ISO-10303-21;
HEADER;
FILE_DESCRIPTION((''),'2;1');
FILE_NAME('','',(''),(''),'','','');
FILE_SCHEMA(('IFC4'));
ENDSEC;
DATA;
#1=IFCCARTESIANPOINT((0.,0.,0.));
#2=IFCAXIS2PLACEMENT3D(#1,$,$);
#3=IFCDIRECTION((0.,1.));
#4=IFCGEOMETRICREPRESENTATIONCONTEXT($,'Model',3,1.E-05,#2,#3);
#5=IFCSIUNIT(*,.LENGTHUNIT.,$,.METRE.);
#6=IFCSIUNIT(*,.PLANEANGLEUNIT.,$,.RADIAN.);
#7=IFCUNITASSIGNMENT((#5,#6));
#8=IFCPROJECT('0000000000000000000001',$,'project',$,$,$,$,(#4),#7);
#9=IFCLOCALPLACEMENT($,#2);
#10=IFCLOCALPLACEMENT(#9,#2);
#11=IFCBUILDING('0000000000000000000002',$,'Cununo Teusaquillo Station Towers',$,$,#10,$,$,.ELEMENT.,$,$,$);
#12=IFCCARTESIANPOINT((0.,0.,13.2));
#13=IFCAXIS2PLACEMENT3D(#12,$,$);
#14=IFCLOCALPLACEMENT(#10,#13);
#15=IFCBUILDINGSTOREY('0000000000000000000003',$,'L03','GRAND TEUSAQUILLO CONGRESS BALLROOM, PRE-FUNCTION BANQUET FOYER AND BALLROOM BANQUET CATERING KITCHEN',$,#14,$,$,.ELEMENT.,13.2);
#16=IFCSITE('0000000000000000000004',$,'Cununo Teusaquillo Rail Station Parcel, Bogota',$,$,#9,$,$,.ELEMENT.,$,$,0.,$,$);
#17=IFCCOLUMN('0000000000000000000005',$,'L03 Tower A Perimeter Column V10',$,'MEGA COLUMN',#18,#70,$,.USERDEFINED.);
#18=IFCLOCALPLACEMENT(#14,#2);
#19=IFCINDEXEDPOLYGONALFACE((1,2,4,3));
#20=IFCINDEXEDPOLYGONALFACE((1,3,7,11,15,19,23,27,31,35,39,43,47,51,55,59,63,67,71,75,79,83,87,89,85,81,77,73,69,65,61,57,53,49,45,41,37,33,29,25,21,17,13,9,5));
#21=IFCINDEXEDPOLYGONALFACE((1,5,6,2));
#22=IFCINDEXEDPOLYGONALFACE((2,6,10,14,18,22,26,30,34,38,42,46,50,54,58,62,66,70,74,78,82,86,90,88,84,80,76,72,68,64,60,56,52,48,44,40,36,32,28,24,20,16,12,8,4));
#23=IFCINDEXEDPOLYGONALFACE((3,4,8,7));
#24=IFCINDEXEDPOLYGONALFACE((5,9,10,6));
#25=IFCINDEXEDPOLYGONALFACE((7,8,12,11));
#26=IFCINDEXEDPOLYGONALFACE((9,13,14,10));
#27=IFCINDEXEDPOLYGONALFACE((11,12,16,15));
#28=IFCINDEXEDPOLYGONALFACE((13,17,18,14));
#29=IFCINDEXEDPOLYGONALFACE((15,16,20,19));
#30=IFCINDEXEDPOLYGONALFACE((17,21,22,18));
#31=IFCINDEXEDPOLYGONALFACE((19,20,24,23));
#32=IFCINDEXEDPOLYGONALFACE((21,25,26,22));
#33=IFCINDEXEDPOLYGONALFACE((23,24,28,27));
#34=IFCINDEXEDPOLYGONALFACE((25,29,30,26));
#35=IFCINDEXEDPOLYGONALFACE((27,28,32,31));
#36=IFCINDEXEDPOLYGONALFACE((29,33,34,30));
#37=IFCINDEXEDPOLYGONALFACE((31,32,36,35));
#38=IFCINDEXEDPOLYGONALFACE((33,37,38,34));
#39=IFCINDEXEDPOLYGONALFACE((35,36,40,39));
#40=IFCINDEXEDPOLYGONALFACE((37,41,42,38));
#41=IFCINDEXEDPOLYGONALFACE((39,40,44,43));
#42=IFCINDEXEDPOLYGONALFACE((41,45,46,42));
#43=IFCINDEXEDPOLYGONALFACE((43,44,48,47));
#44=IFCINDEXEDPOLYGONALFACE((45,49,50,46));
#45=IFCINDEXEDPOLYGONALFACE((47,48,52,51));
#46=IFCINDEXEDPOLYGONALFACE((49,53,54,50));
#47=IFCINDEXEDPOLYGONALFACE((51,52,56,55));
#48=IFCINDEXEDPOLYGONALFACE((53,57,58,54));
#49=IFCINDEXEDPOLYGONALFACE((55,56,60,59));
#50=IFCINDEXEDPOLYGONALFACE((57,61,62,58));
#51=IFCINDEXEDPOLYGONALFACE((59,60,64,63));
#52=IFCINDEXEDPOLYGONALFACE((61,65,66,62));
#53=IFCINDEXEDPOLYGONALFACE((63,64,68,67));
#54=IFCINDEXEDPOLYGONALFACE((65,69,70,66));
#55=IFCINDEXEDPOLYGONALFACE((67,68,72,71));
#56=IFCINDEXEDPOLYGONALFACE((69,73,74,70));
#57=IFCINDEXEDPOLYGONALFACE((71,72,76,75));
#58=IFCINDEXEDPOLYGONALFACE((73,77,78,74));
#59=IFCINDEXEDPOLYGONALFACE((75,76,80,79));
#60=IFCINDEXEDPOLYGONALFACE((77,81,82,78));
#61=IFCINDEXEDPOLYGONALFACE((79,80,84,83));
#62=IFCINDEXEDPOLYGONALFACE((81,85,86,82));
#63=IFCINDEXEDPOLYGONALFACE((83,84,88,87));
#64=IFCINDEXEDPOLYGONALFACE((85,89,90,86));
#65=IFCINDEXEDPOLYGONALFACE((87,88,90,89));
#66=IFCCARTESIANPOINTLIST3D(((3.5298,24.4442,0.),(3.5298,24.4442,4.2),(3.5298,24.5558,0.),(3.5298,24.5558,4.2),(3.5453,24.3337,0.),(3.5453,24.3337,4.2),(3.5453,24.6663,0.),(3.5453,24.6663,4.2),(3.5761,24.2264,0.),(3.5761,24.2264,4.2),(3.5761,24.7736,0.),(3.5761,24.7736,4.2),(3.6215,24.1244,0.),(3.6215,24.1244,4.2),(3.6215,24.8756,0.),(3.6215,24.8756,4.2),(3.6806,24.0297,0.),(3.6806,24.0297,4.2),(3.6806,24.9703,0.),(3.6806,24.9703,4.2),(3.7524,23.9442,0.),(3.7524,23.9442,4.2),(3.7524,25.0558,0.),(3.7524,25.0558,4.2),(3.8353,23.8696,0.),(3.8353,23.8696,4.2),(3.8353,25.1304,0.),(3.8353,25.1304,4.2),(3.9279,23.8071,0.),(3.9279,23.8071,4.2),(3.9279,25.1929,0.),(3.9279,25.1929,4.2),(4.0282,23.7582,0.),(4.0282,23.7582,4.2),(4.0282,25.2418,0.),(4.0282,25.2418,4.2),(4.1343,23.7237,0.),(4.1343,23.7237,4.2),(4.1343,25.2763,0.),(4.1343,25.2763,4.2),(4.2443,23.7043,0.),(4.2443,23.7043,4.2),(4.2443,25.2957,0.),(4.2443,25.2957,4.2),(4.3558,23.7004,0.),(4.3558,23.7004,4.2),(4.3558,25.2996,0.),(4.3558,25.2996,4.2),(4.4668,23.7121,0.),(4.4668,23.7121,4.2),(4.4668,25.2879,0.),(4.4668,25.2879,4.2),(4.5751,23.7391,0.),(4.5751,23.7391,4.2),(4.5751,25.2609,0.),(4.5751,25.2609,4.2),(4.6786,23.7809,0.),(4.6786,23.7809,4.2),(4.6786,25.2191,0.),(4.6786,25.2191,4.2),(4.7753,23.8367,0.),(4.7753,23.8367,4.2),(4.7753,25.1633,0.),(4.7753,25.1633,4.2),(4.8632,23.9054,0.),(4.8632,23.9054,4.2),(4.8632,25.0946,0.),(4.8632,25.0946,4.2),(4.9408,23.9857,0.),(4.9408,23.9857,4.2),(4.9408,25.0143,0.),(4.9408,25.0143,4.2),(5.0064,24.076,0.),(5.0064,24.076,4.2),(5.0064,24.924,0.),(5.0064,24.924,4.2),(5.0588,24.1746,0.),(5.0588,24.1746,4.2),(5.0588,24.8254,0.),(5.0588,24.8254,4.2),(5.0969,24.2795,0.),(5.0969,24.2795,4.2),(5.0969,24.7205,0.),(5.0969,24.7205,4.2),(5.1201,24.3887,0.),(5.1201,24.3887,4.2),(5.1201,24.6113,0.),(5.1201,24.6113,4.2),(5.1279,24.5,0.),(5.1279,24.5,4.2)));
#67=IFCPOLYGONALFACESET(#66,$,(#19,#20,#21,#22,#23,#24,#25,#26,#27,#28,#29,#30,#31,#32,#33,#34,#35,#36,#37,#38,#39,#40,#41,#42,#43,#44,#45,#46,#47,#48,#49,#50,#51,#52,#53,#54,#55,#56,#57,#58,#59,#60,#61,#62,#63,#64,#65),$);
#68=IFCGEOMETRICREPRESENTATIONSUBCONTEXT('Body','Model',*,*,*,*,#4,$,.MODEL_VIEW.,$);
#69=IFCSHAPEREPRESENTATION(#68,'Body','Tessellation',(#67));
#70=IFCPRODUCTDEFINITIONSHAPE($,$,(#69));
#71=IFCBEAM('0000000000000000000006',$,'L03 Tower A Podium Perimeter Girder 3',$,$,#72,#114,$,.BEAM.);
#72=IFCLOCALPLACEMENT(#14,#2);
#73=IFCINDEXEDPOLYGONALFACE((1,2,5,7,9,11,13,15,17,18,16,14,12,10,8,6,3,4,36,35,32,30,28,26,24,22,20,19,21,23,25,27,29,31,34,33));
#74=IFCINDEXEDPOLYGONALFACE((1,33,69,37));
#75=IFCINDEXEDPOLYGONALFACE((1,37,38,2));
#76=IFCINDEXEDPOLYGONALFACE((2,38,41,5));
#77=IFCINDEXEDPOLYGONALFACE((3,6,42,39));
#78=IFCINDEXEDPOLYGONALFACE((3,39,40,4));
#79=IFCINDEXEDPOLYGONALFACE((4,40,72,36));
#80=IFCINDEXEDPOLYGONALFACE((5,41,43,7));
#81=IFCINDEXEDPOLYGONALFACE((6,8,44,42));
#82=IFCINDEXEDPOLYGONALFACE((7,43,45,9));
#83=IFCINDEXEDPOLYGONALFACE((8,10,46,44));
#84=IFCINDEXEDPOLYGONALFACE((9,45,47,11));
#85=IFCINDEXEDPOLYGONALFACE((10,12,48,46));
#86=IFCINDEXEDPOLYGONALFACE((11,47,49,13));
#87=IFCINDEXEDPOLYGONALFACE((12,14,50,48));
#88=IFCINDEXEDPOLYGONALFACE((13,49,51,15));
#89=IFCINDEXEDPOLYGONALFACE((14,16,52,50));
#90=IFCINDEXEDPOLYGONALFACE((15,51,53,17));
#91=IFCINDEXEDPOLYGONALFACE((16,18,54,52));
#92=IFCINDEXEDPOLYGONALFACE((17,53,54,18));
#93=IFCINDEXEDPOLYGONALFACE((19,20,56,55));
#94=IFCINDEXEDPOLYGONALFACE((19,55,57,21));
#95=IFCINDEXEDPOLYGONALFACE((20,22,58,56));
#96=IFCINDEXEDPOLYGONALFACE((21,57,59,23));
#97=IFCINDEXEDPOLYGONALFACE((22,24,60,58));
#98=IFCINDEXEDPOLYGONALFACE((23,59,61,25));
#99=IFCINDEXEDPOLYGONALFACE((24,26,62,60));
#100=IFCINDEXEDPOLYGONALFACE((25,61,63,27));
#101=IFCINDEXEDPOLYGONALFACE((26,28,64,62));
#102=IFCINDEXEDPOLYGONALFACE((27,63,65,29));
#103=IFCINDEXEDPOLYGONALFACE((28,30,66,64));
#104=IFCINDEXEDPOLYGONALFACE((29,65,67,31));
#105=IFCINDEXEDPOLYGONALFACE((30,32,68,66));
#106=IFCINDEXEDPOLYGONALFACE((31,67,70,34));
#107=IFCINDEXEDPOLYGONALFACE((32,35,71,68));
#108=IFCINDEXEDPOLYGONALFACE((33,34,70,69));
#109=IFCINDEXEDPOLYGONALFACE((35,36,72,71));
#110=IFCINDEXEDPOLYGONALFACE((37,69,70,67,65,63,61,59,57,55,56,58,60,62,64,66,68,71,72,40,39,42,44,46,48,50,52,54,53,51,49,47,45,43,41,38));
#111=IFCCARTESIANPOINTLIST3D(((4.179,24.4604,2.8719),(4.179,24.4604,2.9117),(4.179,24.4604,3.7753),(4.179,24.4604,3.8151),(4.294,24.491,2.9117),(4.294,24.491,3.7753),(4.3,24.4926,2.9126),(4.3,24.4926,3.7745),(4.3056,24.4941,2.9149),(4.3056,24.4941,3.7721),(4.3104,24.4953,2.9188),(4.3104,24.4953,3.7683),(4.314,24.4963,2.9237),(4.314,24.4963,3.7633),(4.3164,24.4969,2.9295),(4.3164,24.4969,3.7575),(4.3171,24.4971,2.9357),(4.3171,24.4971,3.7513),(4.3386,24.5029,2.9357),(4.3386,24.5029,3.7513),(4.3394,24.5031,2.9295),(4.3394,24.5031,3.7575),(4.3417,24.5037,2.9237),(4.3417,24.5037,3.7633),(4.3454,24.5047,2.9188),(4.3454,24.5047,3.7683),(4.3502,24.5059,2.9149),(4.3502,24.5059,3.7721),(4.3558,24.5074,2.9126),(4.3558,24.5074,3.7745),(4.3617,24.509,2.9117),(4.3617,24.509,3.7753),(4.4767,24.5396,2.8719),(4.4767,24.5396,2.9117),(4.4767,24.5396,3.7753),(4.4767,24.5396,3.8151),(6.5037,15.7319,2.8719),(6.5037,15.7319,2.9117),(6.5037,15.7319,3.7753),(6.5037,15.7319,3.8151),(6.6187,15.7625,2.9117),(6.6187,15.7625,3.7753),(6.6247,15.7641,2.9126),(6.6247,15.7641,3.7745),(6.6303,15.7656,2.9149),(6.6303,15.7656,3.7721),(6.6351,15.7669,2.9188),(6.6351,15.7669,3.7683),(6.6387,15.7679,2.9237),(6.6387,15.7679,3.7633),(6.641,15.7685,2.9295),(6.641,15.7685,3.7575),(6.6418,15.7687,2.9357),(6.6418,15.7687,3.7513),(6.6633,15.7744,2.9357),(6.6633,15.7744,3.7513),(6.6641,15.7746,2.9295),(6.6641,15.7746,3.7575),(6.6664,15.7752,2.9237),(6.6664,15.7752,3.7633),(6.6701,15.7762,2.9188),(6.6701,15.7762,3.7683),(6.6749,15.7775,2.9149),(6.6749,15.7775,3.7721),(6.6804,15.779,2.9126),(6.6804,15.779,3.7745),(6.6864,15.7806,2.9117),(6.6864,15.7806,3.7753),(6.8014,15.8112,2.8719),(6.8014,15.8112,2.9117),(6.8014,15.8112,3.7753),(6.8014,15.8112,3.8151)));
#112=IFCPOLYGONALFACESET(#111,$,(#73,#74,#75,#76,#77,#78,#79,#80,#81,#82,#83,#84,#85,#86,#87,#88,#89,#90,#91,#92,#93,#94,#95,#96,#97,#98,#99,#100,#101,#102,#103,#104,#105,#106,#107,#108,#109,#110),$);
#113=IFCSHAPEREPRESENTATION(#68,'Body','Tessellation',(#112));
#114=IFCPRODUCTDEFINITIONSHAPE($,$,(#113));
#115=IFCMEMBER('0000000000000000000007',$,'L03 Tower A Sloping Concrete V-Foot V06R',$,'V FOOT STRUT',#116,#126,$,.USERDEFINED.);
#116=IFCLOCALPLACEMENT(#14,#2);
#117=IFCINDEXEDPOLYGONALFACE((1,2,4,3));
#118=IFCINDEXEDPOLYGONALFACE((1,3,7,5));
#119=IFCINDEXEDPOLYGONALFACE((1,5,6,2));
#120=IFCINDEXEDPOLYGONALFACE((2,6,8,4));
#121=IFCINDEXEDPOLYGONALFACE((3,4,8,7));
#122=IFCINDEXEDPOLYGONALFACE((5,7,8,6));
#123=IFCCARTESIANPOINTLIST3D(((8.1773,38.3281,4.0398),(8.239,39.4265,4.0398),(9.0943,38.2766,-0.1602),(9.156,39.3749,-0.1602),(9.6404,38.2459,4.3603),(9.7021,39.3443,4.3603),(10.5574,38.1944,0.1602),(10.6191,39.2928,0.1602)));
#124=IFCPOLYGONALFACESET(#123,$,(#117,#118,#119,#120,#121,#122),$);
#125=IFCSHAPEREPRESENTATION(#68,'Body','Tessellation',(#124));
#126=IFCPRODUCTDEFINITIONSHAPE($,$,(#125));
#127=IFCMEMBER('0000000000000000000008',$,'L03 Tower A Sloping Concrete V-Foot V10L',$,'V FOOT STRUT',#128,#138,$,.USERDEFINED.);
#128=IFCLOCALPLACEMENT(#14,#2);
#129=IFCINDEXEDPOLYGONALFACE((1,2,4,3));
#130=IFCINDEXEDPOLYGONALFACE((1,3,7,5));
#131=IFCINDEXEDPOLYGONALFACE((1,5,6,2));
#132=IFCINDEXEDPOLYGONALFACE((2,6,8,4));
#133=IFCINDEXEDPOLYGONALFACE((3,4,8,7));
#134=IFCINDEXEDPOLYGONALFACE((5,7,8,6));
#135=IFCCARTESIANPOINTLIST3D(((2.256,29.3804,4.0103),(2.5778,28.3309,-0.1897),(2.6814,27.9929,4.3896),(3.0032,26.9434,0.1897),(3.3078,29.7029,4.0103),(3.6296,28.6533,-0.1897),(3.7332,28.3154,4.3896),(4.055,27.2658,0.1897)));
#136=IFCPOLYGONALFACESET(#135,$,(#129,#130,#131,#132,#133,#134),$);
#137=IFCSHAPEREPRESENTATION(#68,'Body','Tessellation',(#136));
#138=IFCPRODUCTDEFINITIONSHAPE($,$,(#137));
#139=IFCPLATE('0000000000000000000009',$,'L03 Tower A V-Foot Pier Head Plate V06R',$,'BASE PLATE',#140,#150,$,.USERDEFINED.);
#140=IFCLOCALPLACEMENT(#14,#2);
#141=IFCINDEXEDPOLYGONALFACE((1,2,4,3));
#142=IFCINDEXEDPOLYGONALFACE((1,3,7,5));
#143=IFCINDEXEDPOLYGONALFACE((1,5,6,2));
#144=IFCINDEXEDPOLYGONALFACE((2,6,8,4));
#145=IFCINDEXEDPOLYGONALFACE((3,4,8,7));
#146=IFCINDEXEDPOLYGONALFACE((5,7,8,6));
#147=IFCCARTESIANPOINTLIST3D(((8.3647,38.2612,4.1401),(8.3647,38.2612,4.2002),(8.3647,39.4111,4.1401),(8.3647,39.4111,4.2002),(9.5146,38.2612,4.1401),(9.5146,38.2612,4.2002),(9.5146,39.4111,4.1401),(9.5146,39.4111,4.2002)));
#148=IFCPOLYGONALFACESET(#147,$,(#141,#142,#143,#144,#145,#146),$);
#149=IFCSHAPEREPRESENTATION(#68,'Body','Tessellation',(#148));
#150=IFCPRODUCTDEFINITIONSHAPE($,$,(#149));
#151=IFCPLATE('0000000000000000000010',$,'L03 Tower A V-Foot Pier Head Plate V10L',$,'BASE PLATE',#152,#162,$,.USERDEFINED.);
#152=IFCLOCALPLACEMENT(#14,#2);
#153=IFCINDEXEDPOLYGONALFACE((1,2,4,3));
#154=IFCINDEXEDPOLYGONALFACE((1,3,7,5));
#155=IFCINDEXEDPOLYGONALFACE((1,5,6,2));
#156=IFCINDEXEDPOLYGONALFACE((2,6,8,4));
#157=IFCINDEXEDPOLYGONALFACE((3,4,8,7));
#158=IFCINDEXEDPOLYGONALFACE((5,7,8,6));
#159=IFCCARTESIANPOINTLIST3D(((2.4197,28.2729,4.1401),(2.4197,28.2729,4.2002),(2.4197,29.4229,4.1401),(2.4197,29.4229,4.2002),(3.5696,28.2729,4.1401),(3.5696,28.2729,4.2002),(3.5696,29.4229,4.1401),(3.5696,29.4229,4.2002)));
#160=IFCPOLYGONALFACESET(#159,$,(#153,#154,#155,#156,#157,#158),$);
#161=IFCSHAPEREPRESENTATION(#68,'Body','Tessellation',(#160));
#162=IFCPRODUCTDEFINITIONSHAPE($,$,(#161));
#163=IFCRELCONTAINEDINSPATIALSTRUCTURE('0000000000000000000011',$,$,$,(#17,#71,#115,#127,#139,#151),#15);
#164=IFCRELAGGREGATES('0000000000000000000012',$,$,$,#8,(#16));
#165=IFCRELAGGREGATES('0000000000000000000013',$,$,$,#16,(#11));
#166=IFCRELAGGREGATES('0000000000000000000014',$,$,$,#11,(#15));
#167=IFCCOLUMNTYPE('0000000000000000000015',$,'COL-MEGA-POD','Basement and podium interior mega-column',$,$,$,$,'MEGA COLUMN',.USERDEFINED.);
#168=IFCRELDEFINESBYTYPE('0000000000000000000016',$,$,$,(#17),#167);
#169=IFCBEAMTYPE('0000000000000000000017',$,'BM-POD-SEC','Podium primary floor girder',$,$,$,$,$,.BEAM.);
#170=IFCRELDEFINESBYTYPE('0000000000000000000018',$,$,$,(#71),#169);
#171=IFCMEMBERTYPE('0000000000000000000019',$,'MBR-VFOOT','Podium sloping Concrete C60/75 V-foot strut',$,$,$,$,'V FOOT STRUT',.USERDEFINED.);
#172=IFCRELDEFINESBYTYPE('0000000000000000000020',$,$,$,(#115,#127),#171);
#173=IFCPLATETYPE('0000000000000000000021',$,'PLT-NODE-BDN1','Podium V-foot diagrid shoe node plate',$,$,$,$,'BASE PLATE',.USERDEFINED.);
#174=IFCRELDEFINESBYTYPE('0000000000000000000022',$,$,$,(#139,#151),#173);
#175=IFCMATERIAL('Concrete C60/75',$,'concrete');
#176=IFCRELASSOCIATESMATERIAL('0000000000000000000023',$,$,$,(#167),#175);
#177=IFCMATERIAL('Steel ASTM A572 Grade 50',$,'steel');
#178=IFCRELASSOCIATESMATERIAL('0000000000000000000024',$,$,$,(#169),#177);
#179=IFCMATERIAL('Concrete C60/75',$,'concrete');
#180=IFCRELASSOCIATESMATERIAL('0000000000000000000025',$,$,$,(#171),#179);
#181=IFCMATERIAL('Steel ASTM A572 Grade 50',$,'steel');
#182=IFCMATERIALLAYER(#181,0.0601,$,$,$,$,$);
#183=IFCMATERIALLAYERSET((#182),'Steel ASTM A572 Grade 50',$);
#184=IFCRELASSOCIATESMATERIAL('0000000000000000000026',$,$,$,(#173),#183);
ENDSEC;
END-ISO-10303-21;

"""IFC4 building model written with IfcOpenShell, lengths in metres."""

from ifc_helpers import new_model, si_unit, direction, frame, origin, origin_2d, place, context, subcontext, project, spatial, rectangle, circle, i_section, extrude, source, transform, mapped, material, layer, layer_set, material_profile, profile_set, type_object, element, save


model = new_model("IFC4")

# Units and contexts
model_context = context("Model", 3, precision=1e-05, world=origin(), true_north=direction((0.0, 1.0)))
body_context = subcontext(model_context, "Body", "Model", "MODEL_VIEW")
ifc_project = project(units=[si_unit("LENGTHUNIT", "METRE"), si_unit("PLANEANGLEUNIT", "RADIAN")], contexts=[model_context])

# Site, building, storey
site_placement = place(None, origin())
site = spatial("IfcSite", under=ifc_project, at=site_placement, Name="Cununo Teusaquillo Rail Station Parcel, Bogota", CompositionType="ELEMENT", RefElevation=0.0)
building_placement = place(site_placement, origin())
building = spatial("IfcBuilding", under=site, at=building_placement, Name="Cununo Teusaquillo Station Towers", CompositionType="ELEMENT")
storey_placement = place(building_placement, frame((0.0, 0.0, 13.2)))
storey = spatial("IfcBuildingStorey", under=building, at=storey_placement, Name="L03", Description="GRAND TEUSAQUILLO CONGRESS BALLROOM, PRE-FUNCTION BANQUET FOYER AND BALLROOM BANQUET CATERING KITCHEN", CompositionType="ELEMENT", Elevation=13.2)

# Column
ifc_material_1 = material(Name="Concrete C60/75", Category="concrete")
ifc_material_profile_1 = material_profile(ifc_material_1, circle(Radius=0.8, at=origin_2d()), Name="RC-CIRC-1600")
ifc_profile_set_1 = profile_set([ifc_material_profile_1], Name="Concrete C60/75")
column_type = type_object("IfcColumnType", Name="COL-MEGA-POD", Description="Basement and podium interior mega-column", ElementType="MEGA COLUMN", PredefinedType="USERDEFINED", material=ifc_profile_set_1)
column_placement = place(storey_placement, frame((4.3279, 24.5, 0.0), z_axis=(0.0, 0.0, 1.0), x_axis=(1.0, 0.0, 0.0)))
element("IfcColumn", 1, at=column_placement, inside=storey, type_object=column_type, Name="L03 Tower A Perimeter Column V10", ObjectType="MEGA COLUMN", PredefinedType="USERDEFINED", context=body_context, shape_type="SweptSolid", body=[
    extrude(circle(Radius=0.8, at=origin_2d()), origin(), (0.0, 0.0, 1.0), 4.2),
])

# Beam
ifc_material_2 = material(Name="Steel ASTM A572 Grade 50", Category="steel")
ifc_material_profile_2 = material_profile(ifc_material_2, i_section(OverallWidth=0.3081, OverallDepth=0.9431, WebThickness=0.0222, FlangeThickness=0.0398, FilletRadius=0.0239, at=origin_2d()), Name="W36X232")
ifc_profile_set_2 = profile_set([ifc_material_profile_2], Name="Steel ASTM A572 Grade 50")
beam_type = type_object("IfcBeamType", Name="BM-POD-SEC", Description="Podium primary floor girder", PredefinedType="BEAM", material=ifc_profile_set_2)
beam_placement = place(storey_placement, frame((4.3279, 24.5, 3.3435), z_axis=(0.257363, -0.966315, 0.0), x_axis=(0.966315, 0.257363, 0.0)))
element("IfcBeam", 2, at=beam_placement, inside=storey, type_object=beam_type, Name="L03 Tower A Podium Perimeter Girder 3", PredefinedType="BEAM", context=body_context, shape_type="SweptSolid", body=[
    extrude(i_section(OverallWidth=0.3081, OverallDepth=0.9431, WebThickness=0.0222, FlangeThickness=0.0398, FilletRadius=0.0239, at=origin_2d()), origin(), (0.0, 0.0, 1.0), 9.0327),
])

# Members
ifc_material_3 = material(Name="Concrete C60/75", Category="concrete")
ifc_material_profile_3 = material_profile(ifc_material_3, rectangle(XDim=1.1001, YDim=1.5, at=origin_2d()), Name="RC-RECT-1500x1100")
ifc_profile_set_3 = profile_set([ifc_material_profile_3], Name="Concrete C60/75")
member_type = type_object("IfcMemberType", Name="MBR-VFOOT", Description="Podium sloping Concrete C60/75 V-foot strut", ElementType="V FOOT STRUT", PredefinedType="USERDEFINED", material=ifc_profile_set_3)
member_1_placement = place(storey_placement, frame((9.8567, 38.7847, 0.0), z_axis=(-0.213294, 0.011982, 0.976915), x_axis=(-0.056088, -0.998426, 0.0)))
element("IfcMember", 3, at=member_1_placement, inside=storey, type_object=member_type, Name="L03 Tower A Sloping Concrete V-Foot V06R", ObjectType="V FOOT STRUT", PredefinedType="USERDEFINED", context=body_context, shape_type="SweptSolid", body=[
    extrude(rectangle(XDim=1.1001, YDim=1.5, at=origin_2d()), origin(), (0.0, 0.0, 1.0), 4.2993),
])
member_2_placement = place(storey_placement, frame((3.3164, 27.7983, 0.0), z_axis=(-0.074124, 0.241776, 0.967497), x_axis=(-0.956077, -0.293117, 0.0)))
element("IfcMember", 4, at=member_2_placement, inside=storey, type_object=member_type, Name="L03 Tower A Sloping Concrete V-Foot V10L", ObjectType="V FOOT STRUT", PredefinedType="USERDEFINED", context=body_context, shape_type="SweptSolid", body=[
    extrude(rectangle(XDim=1.1001, YDim=1.5, at=origin_2d()), origin(), (0.0, 0.0, 1.0), 4.3411),
])

# Plates
ifc_material_4 = material(Name="Steel ASTM A572 Grade 50", Category="steel")
ifc_layer_1 = layer(ifc_material_4, 0.0601)
ifc_layer_set_1 = layer_set([ifc_layer_1], Name="Steel ASTM A572 Grade 50")
plate_type = type_object("IfcPlateType", Name="PLT-NODE-BDN1", Description="Podium V-foot diagrid shoe node plate", ElementType="BASE PLATE", PredefinedType="USERDEFINED", material=ifc_layer_set_1)
shared_shape_1 = source(origin(), body_context, "Body", "SweptSolid", [
    extrude(rectangle(XDim=1.1499, YDim=1.1499, at=origin_2d()), origin(), (0.0, 0.0, 1.0), 0.0601),
])
for number, where, z_axis, x_axis, name in (
    (5, (8.9397, 38.8362, 4.1401), (0.0, 0.0, 1.0), (1.0, 0.0, 0.0), "L03 Tower A V-Foot Pier Head Plate V06R"),
    (6, (2.9946, 28.8479, 4.1401), (0.0, 0.0, 1.0), (1.0, 0.0, 0.0), "L03 Tower A V-Foot Pier Head Plate V10L"),
):
    element("IfcPlate", number, at=place(storey_placement, frame(where, z_axis=z_axis, x_axis=x_axis)), inside=storey, type_object=plate_type, Name=name, ObjectType="BASE PLATE", PredefinedType="USERDEFINED", context=body_context, shape_type="MappedRepresentation", body=[
        mapped(shared_shape_1, transform((0.0, 0.0, 0.0), x_axis=(1.0, 0.0, 0.0), y_axis=(0.0, 1.0, 0.0), z_axis=(0.0, 0.0, 1.0), scale=1.0)),
    ])

save(model, "model.ifc")
